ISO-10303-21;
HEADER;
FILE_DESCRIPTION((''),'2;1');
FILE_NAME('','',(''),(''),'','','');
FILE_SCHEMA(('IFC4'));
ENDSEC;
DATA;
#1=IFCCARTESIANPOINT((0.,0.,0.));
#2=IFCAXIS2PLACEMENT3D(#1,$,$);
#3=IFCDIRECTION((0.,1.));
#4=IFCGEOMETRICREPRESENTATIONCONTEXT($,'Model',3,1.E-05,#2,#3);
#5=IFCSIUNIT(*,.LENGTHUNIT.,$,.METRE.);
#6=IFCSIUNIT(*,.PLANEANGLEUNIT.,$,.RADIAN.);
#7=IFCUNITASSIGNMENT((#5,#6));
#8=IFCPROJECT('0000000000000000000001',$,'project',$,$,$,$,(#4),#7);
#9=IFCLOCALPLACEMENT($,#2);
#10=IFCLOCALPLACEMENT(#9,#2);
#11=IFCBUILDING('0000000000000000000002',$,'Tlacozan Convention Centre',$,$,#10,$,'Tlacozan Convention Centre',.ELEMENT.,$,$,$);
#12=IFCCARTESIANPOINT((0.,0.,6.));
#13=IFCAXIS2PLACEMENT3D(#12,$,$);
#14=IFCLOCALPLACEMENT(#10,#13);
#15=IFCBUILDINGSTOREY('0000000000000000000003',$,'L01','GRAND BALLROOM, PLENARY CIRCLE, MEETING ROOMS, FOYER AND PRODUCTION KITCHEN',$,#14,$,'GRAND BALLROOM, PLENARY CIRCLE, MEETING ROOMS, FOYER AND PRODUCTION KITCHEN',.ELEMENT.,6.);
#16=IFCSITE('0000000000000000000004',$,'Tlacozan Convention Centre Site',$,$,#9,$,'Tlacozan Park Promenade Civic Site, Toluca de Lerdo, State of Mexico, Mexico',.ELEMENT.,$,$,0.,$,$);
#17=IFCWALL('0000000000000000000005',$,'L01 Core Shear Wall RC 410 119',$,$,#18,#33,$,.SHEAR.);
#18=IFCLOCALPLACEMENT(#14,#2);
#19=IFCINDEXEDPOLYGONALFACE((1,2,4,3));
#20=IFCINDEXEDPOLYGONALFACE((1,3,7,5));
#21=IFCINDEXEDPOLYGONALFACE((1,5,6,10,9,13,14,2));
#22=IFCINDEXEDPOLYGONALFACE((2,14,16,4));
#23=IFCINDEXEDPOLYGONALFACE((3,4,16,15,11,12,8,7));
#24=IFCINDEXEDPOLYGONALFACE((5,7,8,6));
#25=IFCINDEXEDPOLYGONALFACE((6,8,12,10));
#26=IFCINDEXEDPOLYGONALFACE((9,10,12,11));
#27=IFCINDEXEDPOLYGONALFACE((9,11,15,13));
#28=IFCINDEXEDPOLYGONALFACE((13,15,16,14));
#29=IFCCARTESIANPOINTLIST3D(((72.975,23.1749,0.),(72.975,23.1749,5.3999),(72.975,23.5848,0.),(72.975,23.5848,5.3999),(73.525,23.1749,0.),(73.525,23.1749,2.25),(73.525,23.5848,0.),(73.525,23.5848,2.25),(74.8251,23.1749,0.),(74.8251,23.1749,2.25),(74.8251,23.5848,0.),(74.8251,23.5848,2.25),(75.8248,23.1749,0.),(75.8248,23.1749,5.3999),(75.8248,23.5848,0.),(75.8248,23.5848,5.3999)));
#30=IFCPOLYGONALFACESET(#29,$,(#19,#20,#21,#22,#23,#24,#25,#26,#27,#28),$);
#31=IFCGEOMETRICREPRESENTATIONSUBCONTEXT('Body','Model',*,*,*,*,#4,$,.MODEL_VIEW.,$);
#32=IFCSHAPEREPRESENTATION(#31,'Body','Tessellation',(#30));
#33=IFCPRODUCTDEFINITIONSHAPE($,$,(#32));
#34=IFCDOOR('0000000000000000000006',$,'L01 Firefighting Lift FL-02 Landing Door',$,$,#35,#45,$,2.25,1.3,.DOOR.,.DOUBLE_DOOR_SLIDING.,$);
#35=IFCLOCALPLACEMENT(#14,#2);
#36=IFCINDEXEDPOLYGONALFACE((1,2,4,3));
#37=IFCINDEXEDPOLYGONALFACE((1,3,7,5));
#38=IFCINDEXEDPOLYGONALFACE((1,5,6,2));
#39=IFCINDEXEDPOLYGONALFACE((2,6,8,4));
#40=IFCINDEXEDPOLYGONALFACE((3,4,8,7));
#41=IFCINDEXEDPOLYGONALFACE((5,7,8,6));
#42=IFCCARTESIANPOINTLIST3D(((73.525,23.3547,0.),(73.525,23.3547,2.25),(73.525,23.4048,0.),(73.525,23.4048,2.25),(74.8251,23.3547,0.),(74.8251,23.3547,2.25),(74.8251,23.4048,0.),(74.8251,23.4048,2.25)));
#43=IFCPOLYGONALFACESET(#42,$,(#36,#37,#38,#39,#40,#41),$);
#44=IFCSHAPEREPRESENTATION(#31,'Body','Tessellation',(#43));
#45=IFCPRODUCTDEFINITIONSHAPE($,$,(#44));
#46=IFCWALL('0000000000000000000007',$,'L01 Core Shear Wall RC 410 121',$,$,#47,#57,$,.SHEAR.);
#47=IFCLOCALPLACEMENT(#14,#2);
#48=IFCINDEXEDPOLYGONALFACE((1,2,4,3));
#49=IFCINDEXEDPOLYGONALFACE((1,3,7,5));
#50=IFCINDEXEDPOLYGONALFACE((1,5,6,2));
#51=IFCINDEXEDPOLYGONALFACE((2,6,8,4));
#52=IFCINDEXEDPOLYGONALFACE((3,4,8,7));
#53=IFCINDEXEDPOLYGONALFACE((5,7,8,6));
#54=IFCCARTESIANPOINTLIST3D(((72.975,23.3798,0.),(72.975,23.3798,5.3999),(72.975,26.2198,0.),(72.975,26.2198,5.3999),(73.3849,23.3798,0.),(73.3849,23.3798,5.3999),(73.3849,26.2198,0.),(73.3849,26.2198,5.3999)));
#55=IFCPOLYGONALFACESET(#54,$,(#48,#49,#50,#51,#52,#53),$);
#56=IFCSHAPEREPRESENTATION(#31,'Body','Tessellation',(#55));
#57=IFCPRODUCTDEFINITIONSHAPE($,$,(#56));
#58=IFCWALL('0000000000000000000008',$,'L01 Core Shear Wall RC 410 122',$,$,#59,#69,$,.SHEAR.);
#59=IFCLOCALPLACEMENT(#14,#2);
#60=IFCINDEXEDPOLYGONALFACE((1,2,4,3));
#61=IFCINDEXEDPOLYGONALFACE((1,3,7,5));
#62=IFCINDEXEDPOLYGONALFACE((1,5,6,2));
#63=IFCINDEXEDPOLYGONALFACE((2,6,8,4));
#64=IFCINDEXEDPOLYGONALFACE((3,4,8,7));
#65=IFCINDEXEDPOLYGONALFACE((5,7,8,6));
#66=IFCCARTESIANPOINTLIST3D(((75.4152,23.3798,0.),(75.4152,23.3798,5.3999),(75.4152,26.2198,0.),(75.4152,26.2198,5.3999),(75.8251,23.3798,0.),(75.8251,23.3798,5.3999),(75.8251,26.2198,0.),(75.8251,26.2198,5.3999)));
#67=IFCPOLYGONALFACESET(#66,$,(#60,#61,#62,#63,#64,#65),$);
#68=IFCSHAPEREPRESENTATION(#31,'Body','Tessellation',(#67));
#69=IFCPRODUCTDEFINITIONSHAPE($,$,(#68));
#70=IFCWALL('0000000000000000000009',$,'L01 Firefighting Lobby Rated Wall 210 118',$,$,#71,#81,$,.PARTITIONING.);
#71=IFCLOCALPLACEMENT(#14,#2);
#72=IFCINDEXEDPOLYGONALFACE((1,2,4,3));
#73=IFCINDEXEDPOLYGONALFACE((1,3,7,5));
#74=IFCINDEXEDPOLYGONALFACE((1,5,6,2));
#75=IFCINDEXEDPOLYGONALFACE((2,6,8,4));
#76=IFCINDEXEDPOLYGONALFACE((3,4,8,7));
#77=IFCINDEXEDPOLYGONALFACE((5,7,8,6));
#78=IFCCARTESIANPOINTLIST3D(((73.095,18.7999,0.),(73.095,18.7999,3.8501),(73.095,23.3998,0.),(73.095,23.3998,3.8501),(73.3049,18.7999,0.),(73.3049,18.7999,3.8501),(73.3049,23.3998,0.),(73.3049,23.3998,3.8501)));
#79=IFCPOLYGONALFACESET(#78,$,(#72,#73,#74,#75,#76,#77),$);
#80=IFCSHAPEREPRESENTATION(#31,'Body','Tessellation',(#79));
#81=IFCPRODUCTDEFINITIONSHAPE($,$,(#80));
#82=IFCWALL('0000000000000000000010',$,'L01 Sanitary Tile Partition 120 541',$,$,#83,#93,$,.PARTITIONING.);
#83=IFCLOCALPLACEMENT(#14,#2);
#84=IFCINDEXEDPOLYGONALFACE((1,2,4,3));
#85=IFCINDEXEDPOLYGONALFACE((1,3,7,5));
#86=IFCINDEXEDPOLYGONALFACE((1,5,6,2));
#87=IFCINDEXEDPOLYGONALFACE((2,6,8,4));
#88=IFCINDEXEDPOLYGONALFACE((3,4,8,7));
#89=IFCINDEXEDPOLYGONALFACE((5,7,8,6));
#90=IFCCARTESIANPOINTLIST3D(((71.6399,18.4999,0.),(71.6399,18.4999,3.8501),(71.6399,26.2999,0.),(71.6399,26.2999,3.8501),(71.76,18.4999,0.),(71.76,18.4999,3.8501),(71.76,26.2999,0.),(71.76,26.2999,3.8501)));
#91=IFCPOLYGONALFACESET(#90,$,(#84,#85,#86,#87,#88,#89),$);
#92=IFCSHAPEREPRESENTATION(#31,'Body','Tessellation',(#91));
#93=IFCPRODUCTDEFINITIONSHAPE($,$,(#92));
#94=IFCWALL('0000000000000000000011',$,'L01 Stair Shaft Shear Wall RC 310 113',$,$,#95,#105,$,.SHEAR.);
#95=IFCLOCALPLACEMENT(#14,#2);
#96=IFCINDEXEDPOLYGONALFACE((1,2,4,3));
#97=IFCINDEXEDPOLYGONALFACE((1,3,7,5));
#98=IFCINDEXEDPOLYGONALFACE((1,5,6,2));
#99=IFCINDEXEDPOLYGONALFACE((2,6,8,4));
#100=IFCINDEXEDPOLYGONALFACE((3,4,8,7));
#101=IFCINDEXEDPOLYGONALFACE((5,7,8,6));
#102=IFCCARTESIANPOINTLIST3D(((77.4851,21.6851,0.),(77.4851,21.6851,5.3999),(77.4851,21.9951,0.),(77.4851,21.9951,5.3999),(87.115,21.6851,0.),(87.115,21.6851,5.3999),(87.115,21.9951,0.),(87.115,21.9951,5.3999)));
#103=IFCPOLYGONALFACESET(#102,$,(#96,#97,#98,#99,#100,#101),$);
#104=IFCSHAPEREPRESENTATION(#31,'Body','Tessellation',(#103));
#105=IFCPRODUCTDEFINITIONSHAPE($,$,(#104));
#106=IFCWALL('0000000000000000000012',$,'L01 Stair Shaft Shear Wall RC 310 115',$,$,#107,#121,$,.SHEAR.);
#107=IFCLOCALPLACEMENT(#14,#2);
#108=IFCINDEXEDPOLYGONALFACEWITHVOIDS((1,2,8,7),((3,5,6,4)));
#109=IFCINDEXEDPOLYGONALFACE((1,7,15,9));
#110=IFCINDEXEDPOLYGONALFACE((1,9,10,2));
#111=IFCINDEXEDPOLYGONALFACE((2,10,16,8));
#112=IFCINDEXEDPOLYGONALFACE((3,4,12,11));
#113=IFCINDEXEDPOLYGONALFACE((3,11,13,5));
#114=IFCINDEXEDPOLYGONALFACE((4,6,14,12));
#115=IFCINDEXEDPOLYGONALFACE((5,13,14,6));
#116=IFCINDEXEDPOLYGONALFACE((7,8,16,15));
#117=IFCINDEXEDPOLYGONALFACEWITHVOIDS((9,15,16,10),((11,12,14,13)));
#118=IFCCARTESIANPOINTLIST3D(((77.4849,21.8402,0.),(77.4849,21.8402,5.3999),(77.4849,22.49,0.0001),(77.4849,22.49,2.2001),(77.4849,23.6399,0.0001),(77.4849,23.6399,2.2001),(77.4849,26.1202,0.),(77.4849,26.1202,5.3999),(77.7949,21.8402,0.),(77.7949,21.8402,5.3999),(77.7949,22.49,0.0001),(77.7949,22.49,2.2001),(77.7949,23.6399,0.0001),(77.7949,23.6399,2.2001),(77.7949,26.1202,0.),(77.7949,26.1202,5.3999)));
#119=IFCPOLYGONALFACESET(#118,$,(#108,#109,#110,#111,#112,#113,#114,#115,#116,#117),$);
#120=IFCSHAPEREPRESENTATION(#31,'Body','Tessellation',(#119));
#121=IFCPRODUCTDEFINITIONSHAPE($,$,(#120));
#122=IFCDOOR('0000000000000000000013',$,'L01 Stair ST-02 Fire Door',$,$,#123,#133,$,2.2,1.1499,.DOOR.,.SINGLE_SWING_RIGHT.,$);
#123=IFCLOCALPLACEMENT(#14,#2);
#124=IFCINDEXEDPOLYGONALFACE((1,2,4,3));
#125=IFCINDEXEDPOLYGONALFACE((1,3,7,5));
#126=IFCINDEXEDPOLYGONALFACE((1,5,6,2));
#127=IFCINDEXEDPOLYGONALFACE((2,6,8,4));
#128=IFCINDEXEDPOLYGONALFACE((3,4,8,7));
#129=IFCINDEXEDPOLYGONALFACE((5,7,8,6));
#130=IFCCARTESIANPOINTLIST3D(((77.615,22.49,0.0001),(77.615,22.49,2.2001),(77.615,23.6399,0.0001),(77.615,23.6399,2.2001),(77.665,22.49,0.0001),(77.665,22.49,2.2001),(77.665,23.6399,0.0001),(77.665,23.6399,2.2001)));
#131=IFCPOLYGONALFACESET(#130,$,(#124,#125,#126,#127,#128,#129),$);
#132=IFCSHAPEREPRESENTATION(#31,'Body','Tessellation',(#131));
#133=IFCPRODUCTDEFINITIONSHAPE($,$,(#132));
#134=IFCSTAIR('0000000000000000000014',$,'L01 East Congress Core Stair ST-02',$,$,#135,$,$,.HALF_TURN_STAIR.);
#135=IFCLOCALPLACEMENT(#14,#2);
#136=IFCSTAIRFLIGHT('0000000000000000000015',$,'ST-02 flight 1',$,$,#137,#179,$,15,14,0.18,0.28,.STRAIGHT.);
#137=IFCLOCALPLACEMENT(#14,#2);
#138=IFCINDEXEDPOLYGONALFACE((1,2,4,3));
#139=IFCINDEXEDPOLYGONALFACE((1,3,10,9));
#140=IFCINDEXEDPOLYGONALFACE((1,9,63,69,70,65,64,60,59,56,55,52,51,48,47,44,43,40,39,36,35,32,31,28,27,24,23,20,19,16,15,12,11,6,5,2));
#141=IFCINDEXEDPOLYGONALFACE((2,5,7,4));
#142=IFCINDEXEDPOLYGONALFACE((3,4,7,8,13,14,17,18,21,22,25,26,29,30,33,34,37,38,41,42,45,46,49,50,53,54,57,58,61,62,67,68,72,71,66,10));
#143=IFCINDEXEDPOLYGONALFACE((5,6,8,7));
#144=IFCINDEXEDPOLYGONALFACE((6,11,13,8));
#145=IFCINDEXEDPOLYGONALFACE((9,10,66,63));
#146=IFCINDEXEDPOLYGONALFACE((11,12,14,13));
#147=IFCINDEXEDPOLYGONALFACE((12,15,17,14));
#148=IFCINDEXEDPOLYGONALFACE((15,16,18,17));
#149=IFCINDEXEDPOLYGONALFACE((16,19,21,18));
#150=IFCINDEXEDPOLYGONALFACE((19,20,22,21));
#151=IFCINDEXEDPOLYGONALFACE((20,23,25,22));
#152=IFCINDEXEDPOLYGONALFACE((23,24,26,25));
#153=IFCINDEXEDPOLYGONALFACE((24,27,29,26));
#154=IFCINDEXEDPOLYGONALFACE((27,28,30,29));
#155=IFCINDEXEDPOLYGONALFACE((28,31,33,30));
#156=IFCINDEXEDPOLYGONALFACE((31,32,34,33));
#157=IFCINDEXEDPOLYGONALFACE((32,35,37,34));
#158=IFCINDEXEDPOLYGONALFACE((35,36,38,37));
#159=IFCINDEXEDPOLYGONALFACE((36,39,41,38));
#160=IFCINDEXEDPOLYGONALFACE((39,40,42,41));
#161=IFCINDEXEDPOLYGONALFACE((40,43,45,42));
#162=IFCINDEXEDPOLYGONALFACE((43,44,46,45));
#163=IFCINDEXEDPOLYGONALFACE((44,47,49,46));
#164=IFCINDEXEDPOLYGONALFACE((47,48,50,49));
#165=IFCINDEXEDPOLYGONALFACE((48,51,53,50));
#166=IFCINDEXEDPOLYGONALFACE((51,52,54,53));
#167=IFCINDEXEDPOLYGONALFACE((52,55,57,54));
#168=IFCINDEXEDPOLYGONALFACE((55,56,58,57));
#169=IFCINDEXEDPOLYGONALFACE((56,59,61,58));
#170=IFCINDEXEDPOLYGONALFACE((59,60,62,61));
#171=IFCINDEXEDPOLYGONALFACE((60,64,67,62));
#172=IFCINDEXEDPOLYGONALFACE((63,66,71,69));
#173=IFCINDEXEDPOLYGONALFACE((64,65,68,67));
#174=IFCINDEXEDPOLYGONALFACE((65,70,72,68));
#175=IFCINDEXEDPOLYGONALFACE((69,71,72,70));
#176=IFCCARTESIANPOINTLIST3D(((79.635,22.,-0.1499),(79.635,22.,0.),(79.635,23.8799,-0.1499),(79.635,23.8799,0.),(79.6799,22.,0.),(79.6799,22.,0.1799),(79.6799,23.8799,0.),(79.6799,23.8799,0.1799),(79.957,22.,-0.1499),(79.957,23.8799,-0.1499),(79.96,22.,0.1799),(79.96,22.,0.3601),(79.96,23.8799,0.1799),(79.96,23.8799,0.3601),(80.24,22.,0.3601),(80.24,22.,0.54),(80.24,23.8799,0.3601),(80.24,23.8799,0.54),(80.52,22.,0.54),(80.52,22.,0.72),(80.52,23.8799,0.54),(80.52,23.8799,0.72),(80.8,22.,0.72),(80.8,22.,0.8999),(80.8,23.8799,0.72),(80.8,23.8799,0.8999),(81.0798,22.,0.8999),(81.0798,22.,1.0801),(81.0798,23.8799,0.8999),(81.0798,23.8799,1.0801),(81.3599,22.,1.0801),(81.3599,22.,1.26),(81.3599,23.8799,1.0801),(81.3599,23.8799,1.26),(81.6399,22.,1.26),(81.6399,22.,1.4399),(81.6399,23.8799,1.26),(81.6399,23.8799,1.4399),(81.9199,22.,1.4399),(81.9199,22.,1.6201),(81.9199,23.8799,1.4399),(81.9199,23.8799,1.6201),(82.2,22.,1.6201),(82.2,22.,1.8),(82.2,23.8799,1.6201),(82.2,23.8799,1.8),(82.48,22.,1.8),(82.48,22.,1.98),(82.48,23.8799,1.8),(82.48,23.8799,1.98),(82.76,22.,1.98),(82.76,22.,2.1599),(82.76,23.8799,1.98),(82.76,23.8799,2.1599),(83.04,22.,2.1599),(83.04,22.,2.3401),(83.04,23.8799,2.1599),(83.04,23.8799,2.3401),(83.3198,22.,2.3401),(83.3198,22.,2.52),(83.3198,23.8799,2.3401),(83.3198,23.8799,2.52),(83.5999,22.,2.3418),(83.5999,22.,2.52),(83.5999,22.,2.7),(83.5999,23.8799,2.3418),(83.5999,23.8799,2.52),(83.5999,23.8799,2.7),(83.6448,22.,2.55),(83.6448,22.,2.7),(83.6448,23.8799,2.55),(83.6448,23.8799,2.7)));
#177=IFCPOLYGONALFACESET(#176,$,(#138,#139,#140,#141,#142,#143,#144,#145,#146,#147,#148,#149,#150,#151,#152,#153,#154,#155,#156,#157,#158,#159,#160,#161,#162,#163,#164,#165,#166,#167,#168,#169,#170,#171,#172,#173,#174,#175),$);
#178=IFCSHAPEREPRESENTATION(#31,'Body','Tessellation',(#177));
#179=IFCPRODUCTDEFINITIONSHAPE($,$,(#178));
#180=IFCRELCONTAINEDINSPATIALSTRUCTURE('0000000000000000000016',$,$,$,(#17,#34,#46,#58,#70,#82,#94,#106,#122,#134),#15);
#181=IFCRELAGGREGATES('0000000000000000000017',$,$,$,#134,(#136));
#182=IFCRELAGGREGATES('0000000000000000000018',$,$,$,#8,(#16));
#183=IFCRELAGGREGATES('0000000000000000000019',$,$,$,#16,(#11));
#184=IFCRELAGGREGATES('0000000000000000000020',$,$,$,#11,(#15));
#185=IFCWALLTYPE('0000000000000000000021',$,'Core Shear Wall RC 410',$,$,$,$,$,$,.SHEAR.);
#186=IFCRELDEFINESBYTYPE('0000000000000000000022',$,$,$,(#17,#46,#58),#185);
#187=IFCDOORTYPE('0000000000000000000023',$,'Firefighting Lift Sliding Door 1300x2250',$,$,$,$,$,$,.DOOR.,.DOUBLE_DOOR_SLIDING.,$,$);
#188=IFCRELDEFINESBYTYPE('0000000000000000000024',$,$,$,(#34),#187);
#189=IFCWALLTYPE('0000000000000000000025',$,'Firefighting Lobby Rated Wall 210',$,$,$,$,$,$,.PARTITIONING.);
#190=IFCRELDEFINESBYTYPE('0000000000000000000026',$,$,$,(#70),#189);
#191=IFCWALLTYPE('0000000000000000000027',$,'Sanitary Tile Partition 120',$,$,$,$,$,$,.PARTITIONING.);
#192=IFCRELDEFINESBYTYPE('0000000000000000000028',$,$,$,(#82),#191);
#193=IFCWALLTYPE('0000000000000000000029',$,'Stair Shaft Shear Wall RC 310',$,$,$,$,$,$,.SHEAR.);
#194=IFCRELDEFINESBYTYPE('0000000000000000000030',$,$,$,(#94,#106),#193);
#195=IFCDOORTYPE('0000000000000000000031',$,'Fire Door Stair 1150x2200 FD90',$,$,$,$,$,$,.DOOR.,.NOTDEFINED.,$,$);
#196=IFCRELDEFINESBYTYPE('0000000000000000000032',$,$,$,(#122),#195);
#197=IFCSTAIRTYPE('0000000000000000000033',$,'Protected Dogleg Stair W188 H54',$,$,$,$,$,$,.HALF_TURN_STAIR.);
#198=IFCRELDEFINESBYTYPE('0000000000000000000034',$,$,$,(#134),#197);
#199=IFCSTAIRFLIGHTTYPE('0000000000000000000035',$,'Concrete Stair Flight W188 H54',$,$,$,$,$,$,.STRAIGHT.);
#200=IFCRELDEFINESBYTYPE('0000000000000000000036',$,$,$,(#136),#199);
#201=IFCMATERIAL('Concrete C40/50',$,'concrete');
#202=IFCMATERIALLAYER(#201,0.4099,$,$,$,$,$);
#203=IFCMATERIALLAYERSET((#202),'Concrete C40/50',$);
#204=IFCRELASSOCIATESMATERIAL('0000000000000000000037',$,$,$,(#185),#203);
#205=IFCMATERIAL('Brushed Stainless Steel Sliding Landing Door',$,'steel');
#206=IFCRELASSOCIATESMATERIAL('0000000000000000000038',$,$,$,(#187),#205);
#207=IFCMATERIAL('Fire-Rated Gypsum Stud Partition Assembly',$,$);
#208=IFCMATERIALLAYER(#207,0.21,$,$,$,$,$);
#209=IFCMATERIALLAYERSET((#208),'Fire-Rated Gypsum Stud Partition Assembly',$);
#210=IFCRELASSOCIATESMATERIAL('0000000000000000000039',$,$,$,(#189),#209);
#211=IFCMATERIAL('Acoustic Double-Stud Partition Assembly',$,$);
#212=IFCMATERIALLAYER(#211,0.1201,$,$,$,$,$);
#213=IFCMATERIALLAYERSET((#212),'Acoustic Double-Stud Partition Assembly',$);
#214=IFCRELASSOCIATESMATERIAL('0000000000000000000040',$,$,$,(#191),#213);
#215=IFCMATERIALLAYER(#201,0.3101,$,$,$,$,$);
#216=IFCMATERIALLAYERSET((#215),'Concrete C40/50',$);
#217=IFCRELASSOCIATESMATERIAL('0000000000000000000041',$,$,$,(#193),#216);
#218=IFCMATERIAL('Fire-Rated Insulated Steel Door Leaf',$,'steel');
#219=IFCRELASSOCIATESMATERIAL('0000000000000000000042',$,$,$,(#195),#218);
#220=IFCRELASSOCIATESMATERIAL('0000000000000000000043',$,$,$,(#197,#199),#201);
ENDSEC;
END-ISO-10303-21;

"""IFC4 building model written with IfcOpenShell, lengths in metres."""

from ifc_helpers import new_model, si_unit, direction, frame, frame_2d, origin, place, context, subcontext, project, spatial, polyline, rectangle, outline, extrude, material, layer, layer_set, type_object, element, fill, aggregate, save


model = new_model("IFC4")

# Units and contexts
model_context = context("Model", 3, precision=1e-05, world=origin(), true_north=direction((0.0, 1.0)))
body_context = subcontext(model_context, "Body", "Model", "MODEL_VIEW")
ifc_project = project(units=[si_unit("LENGTHUNIT", "METRE"), si_unit("PLANEANGLEUNIT", "RADIAN")], contexts=[model_context])

# Site, building, storey
site_placement = place(None, origin())
site = spatial("IfcSite", under=ifc_project, at=site_placement, Name="Tlacozan Convention Centre Site", LongName="Tlacozan Park Promenade Civic Site, Toluca de Lerdo, State of Mexico, Mexico", CompositionType="ELEMENT", RefElevation=0.0)
building_placement = place(site_placement, origin())
building = spatial("IfcBuilding", under=site, at=building_placement, Name="Tlacozan Convention Centre", LongName="Tlacozan Convention Centre", CompositionType="ELEMENT")
storey_placement = place(building_placement, frame((0.0, 0.0, 6.0)))
storey = spatial("IfcBuildingStorey", under=building, at=storey_placement, Name="L01", Description="GRAND BALLROOM, PLENARY CIRCLE, MEETING ROOMS, FOYER AND PRODUCTION KITCHEN", LongName="GRAND BALLROOM, PLENARY CIRCLE, MEETING ROOMS, FOYER AND PRODUCTION KITCHEN", CompositionType="ELEMENT", Elevation=6.0)

# Shared definitions
ifc_material_1 = material(Name="Concrete C40/50", Category="concrete")

# Wall, opening, door
ifc_layer_1 = layer(ifc_material_1, 0.4099)
ifc_layer_set_1 = layer_set([ifc_layer_1], Name="Concrete C40/50")
wall_type_1 = type_object("IfcWallType", Name="Core Shear Wall RC 410", PredefinedType="SHEAR", material=ifc_layer_set_1)
wall_1_placement = place(storey_placement, frame((72.9751, 23.3799, 0.0), z_axis=(0.0, 0.0, 1.0), x_axis=(1.0, 0.0, 0.0)))
wall_1 = element("IfcWall", 1, at=wall_1_placement, inside=storey, type_object=wall_type_1, Name="L01 Core Shear Wall RC 410 119", PredefinedType="SHEAR", context=body_context, shape_type="SweptSolid", body=[
    extrude(rectangle(XDim=2.8499, YDim=0.4099, at=frame_2d((1.4248, 0.0))), origin(), (0.0, 0.0, 1.0), 5.3999),
])
opening_1_placement = place(wall_1_placement, frame((0.55, 0.0, 0.0)))
opening_1 = element("IfcOpeningElement", 2, at=opening_1_placement, cuts=wall_1, PredefinedType="OPENING", context=body_context, shape_type="SweptSolid", body=[
    extrude(rectangle(XDim=1.3, YDim=2.25, at=frame_2d((0.6499, 1.125))), frame((0.0, 0.2148, 0.0), z_axis=(0.0, -1.0, 0.0), x_axis=(1.0, 0.0, 0.0)), (0.0, 0.0, 1.0), 0.4299),
])
ifc_material_2 = material(Name="Brushed Stainless Steel Sliding Landing Door", Category="steel")
door_type_1 = type_object("IfcDoorType", Name="Firefighting Lift Sliding Door 1300x2250", OperationType="DOUBLE_DOOR_SLIDING", PredefinedType="DOOR", material=ifc_material_2)
door_1_placement = place(opening_1_placement, origin())
door_1 = element("IfcDoor", 3, at=door_1_placement, inside=storey, type_object=door_type_1, Name="L01 Firefighting Lift FL-02 Landing Door", OperationType="DOUBLE_DOOR_SLIDING", OverallHeight=2.25, OverallWidth=1.3, PredefinedType="DOOR", context=body_context, shape_type="SweptSolid", body=[
    extrude(rectangle(XDim=1.3, YDim=2.25, at=frame_2d((0.6499, 1.125))), frame((0.0, 0.0249, 0.0), z_axis=(0.0, -1.0, 0.0), x_axis=(1.0, 0.0, 0.0)), (0.0, 0.0, 1.0), 0.05),
])
fill(opening_1, door_1)

# Walls
for number, where, z_axis, x_axis, name in (
    (4, (73.1799, 23.3799, 0.0), (0.0, 0.0, 1.0), (0.0, 1.0, 0.0), "L01 Core Shear Wall RC 410 121"),
    (5, (75.6201, 23.3799, 0.0), (0.0, 0.0, 1.0), (0.0, 1.0, 0.0), "L01 Core Shear Wall RC 410 122"),
):
    element("IfcWall", number, at=place(storey_placement, frame(where, z_axis=z_axis, x_axis=x_axis)), inside=storey, type_object=wall_type_1, Name=name, PredefinedType="SHEAR", context=body_context, shape_type="SweptSolid", body=[
        extrude(rectangle(XDim=2.8401, YDim=0.4099, at=frame_2d((1.4199, 0.0))), origin(), (0.0, 0.0, 1.0), 5.3999),
    ])

# Shared definitions
ifc_material_3 = material(Name="Fire-Rated Gypsum Stud Partition Assembly")
ifc_layer_2 = layer(ifc_material_3, 0.21)
ifc_layer_set_2 = layer_set([ifc_layer_2], Name="Fire-Rated Gypsum Stud Partition Assembly")
wall_type_2 = type_object("IfcWallType", Name="Firefighting Lobby Rated Wall 210", PredefinedType="PARTITIONING", material=ifc_layer_set_2)
ifc_material_4 = material(Name="Fire-Rated Insulated Steel Door Leaf", Category="steel")

# Walls
wall_2_placement = place(storey_placement, frame((73.2, 18.8, 0.0), z_axis=(0.0, 0.0, 1.0), x_axis=(0.0, 1.0, 0.0)))
element("IfcWall", 6, at=wall_2_placement, inside=storey, type_object=wall_type_2, Name="L01 Firefighting Lobby Rated Wall 210 118", PredefinedType="PARTITIONING", context=body_context, shape_type="SweptSolid", body=[
    extrude(rectangle(XDim=4.5999, YDim=0.21, at=frame_2d((2.2998, 0.0))), origin(), (0.0, 0.0, 1.0), 3.8501),
])
ifc_material_5 = material(Name="Acoustic Double-Stud Partition Assembly")
ifc_layer_3 = layer(ifc_material_5, 0.1201)
ifc_layer_set_3 = layer_set([ifc_layer_3], Name="Acoustic Double-Stud Partition Assembly")
wall_type_3 = type_object("IfcWallType", Name="Sanitary Tile Partition 120", PredefinedType="PARTITIONING", material=ifc_layer_set_3)
wall_3_placement = place(storey_placement, frame((71.7, 18.5, 0.0), z_axis=(0.0, 0.0, 1.0), x_axis=(0.0, 1.0, 0.0)))
element("IfcWall", 7, at=wall_3_placement, inside=storey, type_object=wall_type_3, Name="L01 Sanitary Tile Partition 120 541", PredefinedType="PARTITIONING", context=body_context, shape_type="SweptSolid", body=[
    extrude(rectangle(XDim=7.8, YDim=0.1201, at=frame_2d((3.8999, 0.0))), origin(), (0.0, 0.0, 1.0), 3.8501),
])
ifc_layer_4 = layer(ifc_material_1, 0.3101)
ifc_layer_set_4 = layer_set([ifc_layer_4], Name="Concrete C40/50")
wall_type_4 = type_object("IfcWallType", Name="Stair Shaft Shear Wall RC 310", PredefinedType="SHEAR", material=ifc_layer_set_4)
wall_4_placement = place(storey_placement, frame((77.4851, 21.8401, 0.0), z_axis=(0.0, 0.0, 1.0), x_axis=(1.0, 0.0, 0.0)))
element("IfcWall", 8, at=wall_4_placement, inside=storey, type_object=wall_type_4, Name="L01 Stair Shaft Shear Wall RC 310 113", PredefinedType="SHEAR", context=body_context, shape_type="SweptSolid", body=[
    extrude(rectangle(XDim=9.6299, YDim=0.3101, at=frame_2d((4.8149, 0.0))), origin(), (0.0, 0.0, 1.0), 5.3999),
])

# Wall, opening, door
wall_5_placement = place(storey_placement, frame((77.6399, 21.8401, 0.0), z_axis=(0.0, 0.0, 1.0), x_axis=(0.0, 1.0, 0.0)))
wall_5 = element("IfcWall", 9, at=wall_5_placement, inside=storey, type_object=wall_type_4, Name="L01 Stair Shaft Shear Wall RC 310 115", PredefinedType="SHEAR", context=body_context, shape_type="SweptSolid", body=[
    extrude(rectangle(XDim=4.28, YDim=0.3101, at=frame_2d((2.1401, 0.0))), origin(), (0.0, 0.0, 1.0), 5.3999),
])
opening_2_placement = place(wall_5_placement, frame((0.6499, 0.0, 0.0)))
opening_2 = element("IfcOpeningElement", 10, at=opening_2_placement, cuts=wall_5, PredefinedType="OPENING", context=body_context, shape_type="SweptSolid", body=[
    extrude(rectangle(XDim=1.1499, YDim=2.2, at=frame_2d((0.575, 1.1001))), frame((0.0, 0.165, 0.0), z_axis=(0.0, -1.0, 0.0), x_axis=(1.0, 0.0, 0.0)), (0.0, 0.0, 1.0), 0.3301),
])
door_type_2 = type_object("IfcDoorType", Name="Fire Door Stair 1150x2200 FD90", OperationType="NOTDEFINED", PredefinedType="DOOR", material=ifc_material_4)
door_2_placement = place(opening_2_placement, origin())
door_2 = element("IfcDoor", 11, at=door_2_placement, inside=storey, type_object=door_type_2, Name="L01 Stair ST-02 Fire Door", OperationType="SINGLE_SWING_RIGHT", OverallHeight=2.2, OverallWidth=1.1499, PredefinedType="DOOR", context=body_context, shape_type="SweptSolid", body=[
    extrude(rectangle(XDim=1.1499, YDim=2.2, at=frame_2d((0.575, 1.1001))), frame((0.0, 0.0249, 0.0), z_axis=(0.0, -1.0, 0.0), x_axis=(1.0, 0.0, 0.0)), (0.0, 0.0, 1.0), 0.05),
])
fill(opening_2, door_2)

# Stair, stair flight
stair_type = type_object("IfcStairType", Name="Protected Dogleg Stair W188 H54", PredefinedType="HALF_TURN_STAIR", material=ifc_material_1)
stair_placement = place(storey_placement, origin())
stair = element("IfcStair", 12, at=stair_placement, inside=storey, type_object=stair_type, Name="L01 East Congress Core Stair ST-02", PredefinedType="HALF_TURN_STAIR")
stair_flight_type = type_object("IfcStairFlightType", Name="Concrete Stair Flight W188 H54", PredefinedType="STRAIGHT", material=ifc_material_1)
stair_flight_placement = place(storey_placement, frame((79.6799, 22.9399, 0.0), z_axis=(0.0, 0.0, 1.0), x_axis=(1.0, 0.0, 0.0)))
stair_flight = element("IfcStairFlight", 13, at=stair_flight_placement, type_object=stair_flight_type, Name="ST-02 flight 1", NumberOfRisers=15, NumberOfTreads=14, PredefinedType="STRAIGHT", RiserHeight=0.18, TreadLength=0.28, context=body_context, shape_type="SweptSolid", body=[
    extrude(outline(polyline([(-0.0449, -0.1499), (-0.0449, 0.0), (0.0, 0.0), (0.0, 0.1799), (0.28, 0.1799), (0.28, 0.3601), (0.5601, 0.3601), (0.5601, 0.54), (0.8401, 0.54), (0.8401, 0.72), (1.1201, 0.72), (1.1201, 0.8999), (1.3999, 0.8999), (1.3999, 1.0801), (1.6799, 1.0801), (1.6799, 1.26), (1.96, 1.26), (1.96, 1.4399), (2.24, 1.4399), (2.24, 1.6201), (2.52, 1.6201), (2.52, 1.8), (2.8, 1.8), (2.8, 1.98), (3.0801, 1.98), (3.0801, 2.1599), (3.3601, 2.1599), (3.3601, 2.3401), (3.6399, 2.3401), (3.6399, 2.52), (3.9199, 2.52), (3.9199, 2.7), (3.9648, 2.7), (3.9648, 2.55), (3.9199, 2.3418), (0.2771, -0.1499), (-0.0449, -0.1499)])), frame((0.0, 0.9399, 0.0), z_axis=(0.0, -1.0, 0.0), x_axis=(1.0, 0.0, 0.0)), (0.0, 0.0, 1.0), 1.8799),
])
aggregate(stair, [stair_flight])

save(model, "model.ifc")
